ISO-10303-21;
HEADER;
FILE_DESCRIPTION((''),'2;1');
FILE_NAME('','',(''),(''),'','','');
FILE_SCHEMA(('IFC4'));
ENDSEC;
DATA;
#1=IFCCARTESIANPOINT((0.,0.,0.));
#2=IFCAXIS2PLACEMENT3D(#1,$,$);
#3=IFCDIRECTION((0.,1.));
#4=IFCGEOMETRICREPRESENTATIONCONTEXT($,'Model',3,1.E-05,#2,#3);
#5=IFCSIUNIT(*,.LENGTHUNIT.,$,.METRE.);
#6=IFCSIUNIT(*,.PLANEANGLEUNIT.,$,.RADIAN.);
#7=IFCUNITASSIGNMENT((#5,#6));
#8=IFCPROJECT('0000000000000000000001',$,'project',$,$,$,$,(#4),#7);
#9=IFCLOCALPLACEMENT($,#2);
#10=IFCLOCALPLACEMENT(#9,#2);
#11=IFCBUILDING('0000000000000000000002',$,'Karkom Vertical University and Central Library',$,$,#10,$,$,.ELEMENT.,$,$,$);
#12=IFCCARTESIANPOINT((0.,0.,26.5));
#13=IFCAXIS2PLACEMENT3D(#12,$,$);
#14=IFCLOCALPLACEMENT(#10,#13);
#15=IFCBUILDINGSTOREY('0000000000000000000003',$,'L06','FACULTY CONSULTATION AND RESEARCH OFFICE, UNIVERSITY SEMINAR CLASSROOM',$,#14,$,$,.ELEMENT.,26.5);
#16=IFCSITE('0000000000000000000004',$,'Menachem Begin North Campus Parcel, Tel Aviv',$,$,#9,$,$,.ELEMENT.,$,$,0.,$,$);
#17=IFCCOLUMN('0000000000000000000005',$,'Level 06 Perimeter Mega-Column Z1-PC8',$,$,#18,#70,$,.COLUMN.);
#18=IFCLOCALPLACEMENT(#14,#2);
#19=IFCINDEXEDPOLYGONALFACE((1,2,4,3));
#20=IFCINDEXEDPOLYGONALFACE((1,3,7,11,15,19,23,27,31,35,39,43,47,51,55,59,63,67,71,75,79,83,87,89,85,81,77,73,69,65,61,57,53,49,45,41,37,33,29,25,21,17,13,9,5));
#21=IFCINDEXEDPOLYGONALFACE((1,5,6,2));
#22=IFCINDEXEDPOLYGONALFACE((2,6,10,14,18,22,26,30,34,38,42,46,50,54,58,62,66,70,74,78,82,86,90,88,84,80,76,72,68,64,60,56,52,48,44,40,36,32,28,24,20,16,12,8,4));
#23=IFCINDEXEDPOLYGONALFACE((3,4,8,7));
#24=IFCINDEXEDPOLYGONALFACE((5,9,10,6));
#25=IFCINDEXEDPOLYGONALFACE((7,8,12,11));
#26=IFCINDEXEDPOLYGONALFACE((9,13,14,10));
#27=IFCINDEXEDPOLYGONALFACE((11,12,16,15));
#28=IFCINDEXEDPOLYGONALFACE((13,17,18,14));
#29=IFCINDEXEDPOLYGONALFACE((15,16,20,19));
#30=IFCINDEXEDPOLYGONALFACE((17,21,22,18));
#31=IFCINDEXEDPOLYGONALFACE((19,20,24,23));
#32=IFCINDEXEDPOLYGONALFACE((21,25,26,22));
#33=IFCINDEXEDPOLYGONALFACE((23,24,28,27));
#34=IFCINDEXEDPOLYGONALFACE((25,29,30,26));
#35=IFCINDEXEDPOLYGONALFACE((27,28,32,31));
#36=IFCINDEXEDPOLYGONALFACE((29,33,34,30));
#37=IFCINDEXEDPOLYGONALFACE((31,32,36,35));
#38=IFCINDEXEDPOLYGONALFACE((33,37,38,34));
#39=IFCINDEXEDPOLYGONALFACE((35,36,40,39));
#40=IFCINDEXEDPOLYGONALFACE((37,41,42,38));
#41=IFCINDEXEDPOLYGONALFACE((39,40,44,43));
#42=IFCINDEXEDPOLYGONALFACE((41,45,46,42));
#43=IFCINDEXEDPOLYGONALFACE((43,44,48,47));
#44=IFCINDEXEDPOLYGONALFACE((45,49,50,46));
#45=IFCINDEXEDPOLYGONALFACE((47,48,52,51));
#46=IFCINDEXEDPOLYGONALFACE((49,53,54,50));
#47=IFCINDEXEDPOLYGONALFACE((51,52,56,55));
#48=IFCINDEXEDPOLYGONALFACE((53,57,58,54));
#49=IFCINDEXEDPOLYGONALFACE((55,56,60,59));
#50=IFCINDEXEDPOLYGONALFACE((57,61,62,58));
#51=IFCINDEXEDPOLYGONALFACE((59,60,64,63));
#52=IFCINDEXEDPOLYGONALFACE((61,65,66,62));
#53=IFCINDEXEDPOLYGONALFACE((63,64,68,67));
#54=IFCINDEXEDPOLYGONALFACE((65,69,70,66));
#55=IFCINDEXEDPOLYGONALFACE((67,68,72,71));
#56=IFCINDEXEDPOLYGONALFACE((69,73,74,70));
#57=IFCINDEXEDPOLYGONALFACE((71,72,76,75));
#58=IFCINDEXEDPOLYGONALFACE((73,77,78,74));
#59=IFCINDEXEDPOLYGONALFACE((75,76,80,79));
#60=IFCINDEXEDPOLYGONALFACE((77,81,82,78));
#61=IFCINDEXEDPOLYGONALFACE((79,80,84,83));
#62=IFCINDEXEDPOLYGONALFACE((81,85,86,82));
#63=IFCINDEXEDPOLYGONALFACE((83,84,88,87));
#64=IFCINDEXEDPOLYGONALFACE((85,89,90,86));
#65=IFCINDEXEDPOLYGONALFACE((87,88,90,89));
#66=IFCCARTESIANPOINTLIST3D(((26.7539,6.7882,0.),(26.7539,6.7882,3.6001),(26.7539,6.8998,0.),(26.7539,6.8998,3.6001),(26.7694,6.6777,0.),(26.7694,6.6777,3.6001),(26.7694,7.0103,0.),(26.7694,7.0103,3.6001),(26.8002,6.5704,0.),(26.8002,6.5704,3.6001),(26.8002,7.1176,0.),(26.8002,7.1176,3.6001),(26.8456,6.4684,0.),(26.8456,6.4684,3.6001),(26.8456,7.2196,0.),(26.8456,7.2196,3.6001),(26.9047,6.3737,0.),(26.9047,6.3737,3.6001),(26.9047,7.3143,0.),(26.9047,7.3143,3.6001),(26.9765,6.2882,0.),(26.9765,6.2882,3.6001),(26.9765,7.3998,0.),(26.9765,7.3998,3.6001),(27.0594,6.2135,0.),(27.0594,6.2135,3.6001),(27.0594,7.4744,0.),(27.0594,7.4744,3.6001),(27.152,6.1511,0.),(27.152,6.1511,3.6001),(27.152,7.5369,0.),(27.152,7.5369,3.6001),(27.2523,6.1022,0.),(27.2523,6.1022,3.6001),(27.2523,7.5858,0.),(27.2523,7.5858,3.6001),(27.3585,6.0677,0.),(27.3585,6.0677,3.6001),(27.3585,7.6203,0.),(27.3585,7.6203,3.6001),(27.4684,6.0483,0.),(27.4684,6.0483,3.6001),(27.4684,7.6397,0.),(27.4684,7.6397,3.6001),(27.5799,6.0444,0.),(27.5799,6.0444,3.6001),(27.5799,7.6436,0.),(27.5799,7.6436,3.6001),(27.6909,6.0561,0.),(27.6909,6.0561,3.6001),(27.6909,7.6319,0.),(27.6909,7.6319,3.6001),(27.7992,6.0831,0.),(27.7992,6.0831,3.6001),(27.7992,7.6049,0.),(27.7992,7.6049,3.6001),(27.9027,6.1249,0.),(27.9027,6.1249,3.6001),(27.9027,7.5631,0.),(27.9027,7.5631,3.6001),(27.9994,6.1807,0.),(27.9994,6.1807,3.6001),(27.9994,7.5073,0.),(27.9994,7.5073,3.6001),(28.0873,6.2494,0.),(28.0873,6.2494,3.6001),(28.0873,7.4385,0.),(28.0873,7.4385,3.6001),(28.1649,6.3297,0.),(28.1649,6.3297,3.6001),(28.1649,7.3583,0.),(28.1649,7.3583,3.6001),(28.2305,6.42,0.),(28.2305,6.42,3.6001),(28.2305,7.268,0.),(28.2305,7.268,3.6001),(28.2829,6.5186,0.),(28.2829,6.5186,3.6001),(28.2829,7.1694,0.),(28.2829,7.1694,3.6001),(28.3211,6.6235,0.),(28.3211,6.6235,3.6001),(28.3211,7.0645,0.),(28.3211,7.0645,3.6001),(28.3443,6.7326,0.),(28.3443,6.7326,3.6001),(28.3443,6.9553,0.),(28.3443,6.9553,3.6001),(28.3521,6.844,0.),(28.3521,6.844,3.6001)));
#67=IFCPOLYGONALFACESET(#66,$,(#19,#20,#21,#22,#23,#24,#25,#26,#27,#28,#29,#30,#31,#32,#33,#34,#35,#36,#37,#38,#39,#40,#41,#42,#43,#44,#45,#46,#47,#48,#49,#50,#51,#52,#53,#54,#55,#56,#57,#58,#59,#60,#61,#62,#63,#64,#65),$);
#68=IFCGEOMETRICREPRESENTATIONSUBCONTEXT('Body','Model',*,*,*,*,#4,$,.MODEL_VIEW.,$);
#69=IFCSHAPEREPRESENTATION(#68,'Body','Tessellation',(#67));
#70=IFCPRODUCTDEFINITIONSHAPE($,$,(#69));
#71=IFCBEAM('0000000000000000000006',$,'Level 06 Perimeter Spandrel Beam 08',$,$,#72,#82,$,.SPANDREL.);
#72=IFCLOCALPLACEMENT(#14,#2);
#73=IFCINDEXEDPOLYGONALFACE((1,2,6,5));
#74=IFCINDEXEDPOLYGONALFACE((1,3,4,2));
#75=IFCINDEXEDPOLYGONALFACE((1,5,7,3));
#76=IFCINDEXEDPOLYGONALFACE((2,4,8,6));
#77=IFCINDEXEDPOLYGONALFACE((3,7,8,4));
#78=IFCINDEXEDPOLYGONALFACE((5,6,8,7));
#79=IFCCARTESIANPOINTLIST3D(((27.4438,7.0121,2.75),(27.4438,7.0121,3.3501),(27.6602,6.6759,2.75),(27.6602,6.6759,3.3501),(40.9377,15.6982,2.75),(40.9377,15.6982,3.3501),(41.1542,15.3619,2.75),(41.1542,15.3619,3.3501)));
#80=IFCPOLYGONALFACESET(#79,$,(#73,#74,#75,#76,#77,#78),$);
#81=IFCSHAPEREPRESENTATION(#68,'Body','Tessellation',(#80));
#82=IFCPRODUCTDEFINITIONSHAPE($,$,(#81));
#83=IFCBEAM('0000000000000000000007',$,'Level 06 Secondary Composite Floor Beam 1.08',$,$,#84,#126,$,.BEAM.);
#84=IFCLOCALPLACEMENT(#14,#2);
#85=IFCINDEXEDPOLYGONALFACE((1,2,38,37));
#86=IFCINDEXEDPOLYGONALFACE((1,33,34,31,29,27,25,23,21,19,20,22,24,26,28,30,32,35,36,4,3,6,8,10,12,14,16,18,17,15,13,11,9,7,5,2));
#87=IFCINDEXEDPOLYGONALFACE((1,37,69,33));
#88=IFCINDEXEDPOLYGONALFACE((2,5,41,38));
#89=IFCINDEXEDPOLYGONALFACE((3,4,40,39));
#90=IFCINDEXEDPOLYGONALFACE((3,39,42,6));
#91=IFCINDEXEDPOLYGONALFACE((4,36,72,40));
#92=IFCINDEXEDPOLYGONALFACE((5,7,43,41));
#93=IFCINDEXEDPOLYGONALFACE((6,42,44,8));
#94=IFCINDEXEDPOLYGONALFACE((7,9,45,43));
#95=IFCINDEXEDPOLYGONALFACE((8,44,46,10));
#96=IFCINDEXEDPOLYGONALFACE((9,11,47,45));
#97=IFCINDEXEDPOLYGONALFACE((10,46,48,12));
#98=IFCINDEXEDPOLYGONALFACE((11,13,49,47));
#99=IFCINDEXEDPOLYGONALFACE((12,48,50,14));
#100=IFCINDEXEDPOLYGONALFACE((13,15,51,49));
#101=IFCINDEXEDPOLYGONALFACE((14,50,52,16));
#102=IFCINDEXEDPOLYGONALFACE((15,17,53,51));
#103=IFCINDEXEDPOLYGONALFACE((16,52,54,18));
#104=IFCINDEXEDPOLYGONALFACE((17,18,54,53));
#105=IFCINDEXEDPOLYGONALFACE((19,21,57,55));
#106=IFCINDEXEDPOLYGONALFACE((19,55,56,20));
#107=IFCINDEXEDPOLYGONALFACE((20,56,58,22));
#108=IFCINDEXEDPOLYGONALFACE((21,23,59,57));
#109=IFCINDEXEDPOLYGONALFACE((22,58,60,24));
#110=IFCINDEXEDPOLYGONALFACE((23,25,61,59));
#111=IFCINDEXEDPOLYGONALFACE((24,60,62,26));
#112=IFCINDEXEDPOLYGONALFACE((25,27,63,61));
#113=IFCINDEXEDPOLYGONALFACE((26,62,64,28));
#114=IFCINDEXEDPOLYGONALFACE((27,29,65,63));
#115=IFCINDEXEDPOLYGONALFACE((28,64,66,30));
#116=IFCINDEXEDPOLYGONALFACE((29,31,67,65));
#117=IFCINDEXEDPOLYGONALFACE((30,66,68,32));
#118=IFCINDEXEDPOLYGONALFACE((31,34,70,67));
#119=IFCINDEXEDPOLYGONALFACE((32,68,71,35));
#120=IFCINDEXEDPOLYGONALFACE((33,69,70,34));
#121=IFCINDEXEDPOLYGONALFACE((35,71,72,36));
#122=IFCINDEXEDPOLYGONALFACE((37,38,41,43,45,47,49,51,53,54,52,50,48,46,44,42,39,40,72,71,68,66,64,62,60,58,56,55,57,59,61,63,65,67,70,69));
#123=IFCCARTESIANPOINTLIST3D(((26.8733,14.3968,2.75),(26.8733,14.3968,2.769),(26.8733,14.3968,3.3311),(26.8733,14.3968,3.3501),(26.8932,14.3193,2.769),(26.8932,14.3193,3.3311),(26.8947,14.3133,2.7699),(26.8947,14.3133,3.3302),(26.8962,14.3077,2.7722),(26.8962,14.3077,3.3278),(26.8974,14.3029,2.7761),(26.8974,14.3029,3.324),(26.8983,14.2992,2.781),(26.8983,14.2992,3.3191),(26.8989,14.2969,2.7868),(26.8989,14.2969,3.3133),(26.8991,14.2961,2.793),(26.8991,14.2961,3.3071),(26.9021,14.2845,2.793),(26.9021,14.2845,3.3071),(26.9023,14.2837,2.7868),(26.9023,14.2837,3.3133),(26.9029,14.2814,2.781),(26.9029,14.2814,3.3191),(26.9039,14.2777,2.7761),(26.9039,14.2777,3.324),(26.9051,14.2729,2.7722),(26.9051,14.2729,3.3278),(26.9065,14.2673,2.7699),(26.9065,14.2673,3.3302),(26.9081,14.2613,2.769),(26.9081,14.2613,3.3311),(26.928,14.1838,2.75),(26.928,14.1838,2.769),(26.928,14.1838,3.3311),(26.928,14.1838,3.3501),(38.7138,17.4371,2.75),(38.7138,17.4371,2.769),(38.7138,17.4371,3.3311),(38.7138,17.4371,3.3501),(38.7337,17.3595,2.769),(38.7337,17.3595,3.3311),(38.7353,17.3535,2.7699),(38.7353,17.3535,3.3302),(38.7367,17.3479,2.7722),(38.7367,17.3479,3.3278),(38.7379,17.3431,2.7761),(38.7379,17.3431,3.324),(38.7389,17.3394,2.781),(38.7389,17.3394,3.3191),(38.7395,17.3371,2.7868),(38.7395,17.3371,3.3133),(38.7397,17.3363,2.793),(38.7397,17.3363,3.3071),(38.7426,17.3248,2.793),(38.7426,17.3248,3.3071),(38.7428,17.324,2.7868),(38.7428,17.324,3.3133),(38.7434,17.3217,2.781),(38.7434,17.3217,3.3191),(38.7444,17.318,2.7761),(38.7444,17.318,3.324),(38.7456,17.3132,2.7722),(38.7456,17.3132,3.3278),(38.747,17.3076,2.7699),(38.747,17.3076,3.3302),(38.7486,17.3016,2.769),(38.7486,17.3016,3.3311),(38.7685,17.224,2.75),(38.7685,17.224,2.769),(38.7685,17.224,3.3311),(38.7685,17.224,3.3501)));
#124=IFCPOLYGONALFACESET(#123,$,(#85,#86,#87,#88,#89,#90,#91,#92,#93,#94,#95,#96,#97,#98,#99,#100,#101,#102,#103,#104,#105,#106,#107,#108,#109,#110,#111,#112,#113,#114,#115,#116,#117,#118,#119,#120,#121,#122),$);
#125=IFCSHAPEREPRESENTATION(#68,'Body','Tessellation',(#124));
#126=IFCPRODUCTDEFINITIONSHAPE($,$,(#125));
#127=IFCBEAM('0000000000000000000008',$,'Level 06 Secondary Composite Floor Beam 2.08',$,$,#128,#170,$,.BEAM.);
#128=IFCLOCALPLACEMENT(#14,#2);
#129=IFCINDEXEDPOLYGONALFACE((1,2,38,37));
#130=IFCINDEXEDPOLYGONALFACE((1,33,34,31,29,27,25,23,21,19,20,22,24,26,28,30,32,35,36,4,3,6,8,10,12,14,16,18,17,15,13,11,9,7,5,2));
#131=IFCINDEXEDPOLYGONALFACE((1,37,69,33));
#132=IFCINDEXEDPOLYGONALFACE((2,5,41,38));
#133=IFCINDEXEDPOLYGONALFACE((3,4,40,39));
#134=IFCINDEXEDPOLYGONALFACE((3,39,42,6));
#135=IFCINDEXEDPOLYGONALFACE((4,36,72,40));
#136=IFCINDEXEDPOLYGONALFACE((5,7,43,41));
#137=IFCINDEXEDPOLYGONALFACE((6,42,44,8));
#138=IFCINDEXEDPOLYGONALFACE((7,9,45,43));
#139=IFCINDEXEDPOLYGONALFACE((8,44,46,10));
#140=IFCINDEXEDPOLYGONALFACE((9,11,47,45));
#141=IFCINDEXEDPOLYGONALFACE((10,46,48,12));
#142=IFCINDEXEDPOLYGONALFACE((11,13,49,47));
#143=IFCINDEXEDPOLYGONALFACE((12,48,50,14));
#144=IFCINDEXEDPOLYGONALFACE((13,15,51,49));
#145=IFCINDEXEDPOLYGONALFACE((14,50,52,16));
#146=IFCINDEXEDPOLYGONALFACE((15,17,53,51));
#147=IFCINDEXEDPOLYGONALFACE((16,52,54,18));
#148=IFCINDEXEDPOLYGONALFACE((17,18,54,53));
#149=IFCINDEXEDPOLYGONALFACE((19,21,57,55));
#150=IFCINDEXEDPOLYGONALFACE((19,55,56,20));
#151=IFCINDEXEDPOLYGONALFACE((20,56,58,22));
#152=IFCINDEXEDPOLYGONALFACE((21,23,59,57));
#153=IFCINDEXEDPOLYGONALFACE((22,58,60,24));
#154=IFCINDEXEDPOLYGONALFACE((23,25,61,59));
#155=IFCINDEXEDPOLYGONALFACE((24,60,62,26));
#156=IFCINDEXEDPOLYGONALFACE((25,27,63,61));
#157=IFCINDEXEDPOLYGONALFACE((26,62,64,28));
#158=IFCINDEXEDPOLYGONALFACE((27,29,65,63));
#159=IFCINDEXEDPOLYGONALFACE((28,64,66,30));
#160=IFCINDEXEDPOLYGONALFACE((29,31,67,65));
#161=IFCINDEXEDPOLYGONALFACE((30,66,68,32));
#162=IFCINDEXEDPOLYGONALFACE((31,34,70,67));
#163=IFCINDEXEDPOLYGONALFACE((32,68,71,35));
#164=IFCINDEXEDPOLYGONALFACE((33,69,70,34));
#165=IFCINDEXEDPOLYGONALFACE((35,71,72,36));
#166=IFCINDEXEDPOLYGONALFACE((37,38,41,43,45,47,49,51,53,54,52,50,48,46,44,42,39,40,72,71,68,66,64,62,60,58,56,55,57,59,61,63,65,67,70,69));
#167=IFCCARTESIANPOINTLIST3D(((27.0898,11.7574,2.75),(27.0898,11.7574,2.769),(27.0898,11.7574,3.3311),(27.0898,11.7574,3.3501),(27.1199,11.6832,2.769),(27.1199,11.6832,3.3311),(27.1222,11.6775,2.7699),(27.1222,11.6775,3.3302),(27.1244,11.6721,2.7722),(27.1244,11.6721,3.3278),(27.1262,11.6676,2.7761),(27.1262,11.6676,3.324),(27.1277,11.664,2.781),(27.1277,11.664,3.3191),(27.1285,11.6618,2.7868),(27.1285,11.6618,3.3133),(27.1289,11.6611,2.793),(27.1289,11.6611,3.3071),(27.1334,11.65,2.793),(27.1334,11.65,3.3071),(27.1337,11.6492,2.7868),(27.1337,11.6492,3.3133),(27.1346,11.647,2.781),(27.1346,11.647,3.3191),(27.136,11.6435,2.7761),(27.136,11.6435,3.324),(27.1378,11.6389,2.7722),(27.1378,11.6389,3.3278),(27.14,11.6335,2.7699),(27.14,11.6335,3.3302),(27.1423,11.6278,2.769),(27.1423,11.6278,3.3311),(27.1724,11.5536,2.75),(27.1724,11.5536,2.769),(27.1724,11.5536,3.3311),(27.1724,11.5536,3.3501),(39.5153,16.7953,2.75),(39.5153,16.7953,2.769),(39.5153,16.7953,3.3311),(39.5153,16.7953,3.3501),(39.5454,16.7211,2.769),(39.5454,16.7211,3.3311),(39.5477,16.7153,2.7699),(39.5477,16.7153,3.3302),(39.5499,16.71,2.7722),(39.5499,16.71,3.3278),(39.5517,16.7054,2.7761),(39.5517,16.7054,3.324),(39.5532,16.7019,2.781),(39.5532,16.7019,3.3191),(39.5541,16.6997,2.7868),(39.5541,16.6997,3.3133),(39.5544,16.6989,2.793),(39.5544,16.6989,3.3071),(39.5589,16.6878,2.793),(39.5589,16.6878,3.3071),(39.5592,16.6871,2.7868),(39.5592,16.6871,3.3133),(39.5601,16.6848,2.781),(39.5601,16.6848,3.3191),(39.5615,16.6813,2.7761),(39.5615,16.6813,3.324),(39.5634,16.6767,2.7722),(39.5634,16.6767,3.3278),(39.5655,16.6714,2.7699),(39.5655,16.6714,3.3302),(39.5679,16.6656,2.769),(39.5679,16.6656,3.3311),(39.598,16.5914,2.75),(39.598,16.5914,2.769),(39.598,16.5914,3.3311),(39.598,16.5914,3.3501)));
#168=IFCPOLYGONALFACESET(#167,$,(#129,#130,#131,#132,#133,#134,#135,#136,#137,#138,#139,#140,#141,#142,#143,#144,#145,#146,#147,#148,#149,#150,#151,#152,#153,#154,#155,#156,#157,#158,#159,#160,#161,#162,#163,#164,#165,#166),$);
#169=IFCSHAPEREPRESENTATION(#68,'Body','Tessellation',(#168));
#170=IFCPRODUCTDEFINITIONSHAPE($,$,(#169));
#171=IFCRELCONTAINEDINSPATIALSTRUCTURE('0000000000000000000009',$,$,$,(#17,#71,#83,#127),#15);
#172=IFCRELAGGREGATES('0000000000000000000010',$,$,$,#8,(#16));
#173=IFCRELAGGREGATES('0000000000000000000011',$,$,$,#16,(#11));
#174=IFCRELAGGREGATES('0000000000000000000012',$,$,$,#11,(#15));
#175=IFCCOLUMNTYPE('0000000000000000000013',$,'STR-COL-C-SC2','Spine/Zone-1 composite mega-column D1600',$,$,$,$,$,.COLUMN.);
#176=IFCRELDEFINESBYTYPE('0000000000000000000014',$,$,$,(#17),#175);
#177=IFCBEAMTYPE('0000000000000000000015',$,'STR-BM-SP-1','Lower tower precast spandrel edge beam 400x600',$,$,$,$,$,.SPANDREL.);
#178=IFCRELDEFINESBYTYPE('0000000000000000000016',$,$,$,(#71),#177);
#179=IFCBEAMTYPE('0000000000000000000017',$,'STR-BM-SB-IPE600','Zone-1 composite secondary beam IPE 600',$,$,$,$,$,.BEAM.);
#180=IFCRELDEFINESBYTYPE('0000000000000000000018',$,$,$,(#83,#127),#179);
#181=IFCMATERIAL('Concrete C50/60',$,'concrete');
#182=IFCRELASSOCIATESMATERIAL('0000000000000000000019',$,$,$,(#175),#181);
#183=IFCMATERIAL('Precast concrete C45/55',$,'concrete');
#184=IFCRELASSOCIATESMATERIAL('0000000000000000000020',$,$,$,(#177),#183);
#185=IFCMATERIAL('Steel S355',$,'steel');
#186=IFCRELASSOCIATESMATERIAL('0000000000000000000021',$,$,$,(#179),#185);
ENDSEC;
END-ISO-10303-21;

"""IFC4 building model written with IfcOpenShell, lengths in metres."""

from ifc_helpers import new_model, si_unit, direction, frame, origin, origin_with_axes, origin_2d, place, context, subcontext, project, spatial, rectangle, circle, i_section, extrude, source, transform, mapped, material, material_profile, profile_set, type_object, element, save


model = new_model("IFC4")

# Units and contexts
model_context = context("Model", 3, precision=1e-05, world=origin(), true_north=direction((0.0, 1.0)))
body_context = subcontext(model_context, "Body", "Model", "MODEL_VIEW")
ifc_project = project(units=[si_unit("LENGTHUNIT", "METRE"), si_unit("PLANEANGLEUNIT", "RADIAN")], contexts=[model_context])

# Site, building, storey
site_placement = place(None, origin())
site = spatial("IfcSite", under=ifc_project, at=site_placement, Name="Menachem Begin North Campus Parcel, Tel Aviv", CompositionType="ELEMENT", RefElevation=0.0)
building_placement = place(site_placement, origin())
building = spatial("IfcBuilding", under=site, at=building_placement, Name="Karkom Vertical University and Central Library", CompositionType="ELEMENT")
storey_placement = place(building_placement, frame((0.0, 0.0, 26.5)))
storey = spatial("IfcBuildingStorey", under=building, at=storey_placement, Name="L06", Description="FACULTY CONSULTATION AND RESEARCH OFFICE, UNIVERSITY SEMINAR CLASSROOM", CompositionType="ELEMENT", Elevation=26.5)

# Column
ifc_material_1 = material(Name="Concrete C50/60", Category="concrete")
ifc_material_profile_1 = material_profile(ifc_material_1, circle(Radius=0.8, at=origin_2d()), Name="CFT-D1600")
ifc_profile_set_1 = profile_set([ifc_material_profile_1], Name="Concrete C50/60")
column_type = type_object("IfcColumnType", Name="STR-COL-C-SC2", Description="Spine/Zone-1 composite mega-column D1600", PredefinedType="COLUMN", material=ifc_profile_set_1)
shared_shape_1 = source(origin_with_axes(), body_context, "Body", "SweptSolid", [
    extrude(circle(Radius=0.8, at=origin_2d()), origin(), (0.0, 0.0, 1.0), 3.6001),
])
column_placement = place(storey_placement, frame((27.552, 6.844, 0.0), z_axis=(0.0, 0.0, 1.0), x_axis=(1.0, 0.0, 0.0)))
element("IfcColumn", 1, at=column_placement, inside=storey, type_object=column_type, Name="Level 06 Perimeter Mega-Column Z1-PC8", PredefinedType="COLUMN", context=body_context, shape_type="MappedRepresentation", body=[
    mapped(shared_shape_1, transform((0.0, 0.0, 0.0), scale=1.0)),
])

# Beams
ifc_material_2 = material(Name="Precast concrete C45/55", Category="concrete")
ifc_material_profile_2 = material_profile(ifc_material_2, rectangle(XDim=0.3999, YDim=0.6001, at=origin_2d()), Name="SPB-400x600")
ifc_profile_set_2 = profile_set([ifc_material_profile_2], Name="Precast concrete C45/55")
beam_type_1 = type_object("IfcBeamType", Name="STR-BM-SP-1", Description="Lower tower precast spandrel edge beam 400x600", PredefinedType="SPANDREL", material=ifc_profile_set_2)
shared_shape_2 = source(origin_with_axes(), body_context, "Body", "SweptSolid", [
    extrude(rectangle(XDim=0.3999, YDim=0.6001, at=origin_2d()), origin(), (0.0, 0.0, 1.0), 16.0479),
])
beam_1_placement = place(storey_placement, frame((27.552, 6.844, 3.05), z_axis=(0.840856, 0.54126, 0.0), x_axis=(-0.54126, 0.840856, 0.0)))
element("IfcBeam", 2, at=beam_1_placement, inside=storey, type_object=beam_type_1, Name="Level 06 Perimeter Spandrel Beam 08", PredefinedType="SPANDREL", context=body_context, shape_type="MappedRepresentation", body=[
    mapped(shared_shape_2, transform((0.0, 0.0, 0.0), scale=1.0)),
])
ifc_material_3 = material(Name="Steel S355", Category="steel")
ifc_material_profile_3 = material_profile(ifc_material_3, i_section(OverallWidth=0.22, OverallDepth=0.6001, WebThickness=0.012, FlangeThickness=0.019, FilletRadius=0.0239, at=origin_2d()), Name="IPE 600")
ifc_profile_set_3 = profile_set([ifc_material_profile_3], Name="Steel S355")
beam_type_2 = type_object("IfcBeamType", Name="STR-BM-SB-IPE600", Description="Zone-1 composite secondary beam IPE 600", PredefinedType="BEAM", material=ifc_profile_set_3)
shared_shape_3 = source(origin_with_axes(), body_context, "Body", "SweptSolid", [
    extrude(i_section(OverallWidth=0.22, OverallDepth=0.6001, WebThickness=0.012, FlangeThickness=0.019, FilletRadius=0.0239, at=origin_2d()), origin(), (0.0, 0.0, 1.0), 12.2246),
])
beam_2_placement = place(storey_placement, frame((26.9006, 14.2903, 3.05), z_axis=(0.96858, 0.248701, 0.0), x_axis=(-0.248701, 0.96858, 0.0)))
element("IfcBeam", 3, at=beam_2_placement, inside=storey, type_object=beam_type_2, Name="Level 06 Secondary Composite Floor Beam 1.08", PredefinedType="BEAM", context=body_context, shape_type="MappedRepresentation", body=[
    mapped(shared_shape_3, transform((0.0, 0.0, 0.0), scale=1.0)),
])
shared_shape_4 = source(origin_with_axes(), body_context, "Body", "SweptSolid", [
    extrude(i_section(OverallWidth=0.22, OverallDepth=0.6001, WebThickness=0.012, FlangeThickness=0.019, FilletRadius=0.0239, at=origin_2d()), origin(), (0.0, 0.0, 1.0), 13.408),
])
beam_3_placement = place(storey_placement, frame((27.1311, 11.6555, 3.05), z_axis=(0.926727, 0.375735, 0.0), x_axis=(-0.375735, 0.926727, 0.0)))
element("IfcBeam", 4, at=beam_3_placement, inside=storey, type_object=beam_type_2, Name="Level 06 Secondary Composite Floor Beam 2.08", PredefinedType="BEAM", context=body_context, shape_type="MappedRepresentation", body=[
    mapped(shared_shape_4, transform((0.0, 0.0, 0.0), scale=1.0)),
])

save(model, "model.ifc")
